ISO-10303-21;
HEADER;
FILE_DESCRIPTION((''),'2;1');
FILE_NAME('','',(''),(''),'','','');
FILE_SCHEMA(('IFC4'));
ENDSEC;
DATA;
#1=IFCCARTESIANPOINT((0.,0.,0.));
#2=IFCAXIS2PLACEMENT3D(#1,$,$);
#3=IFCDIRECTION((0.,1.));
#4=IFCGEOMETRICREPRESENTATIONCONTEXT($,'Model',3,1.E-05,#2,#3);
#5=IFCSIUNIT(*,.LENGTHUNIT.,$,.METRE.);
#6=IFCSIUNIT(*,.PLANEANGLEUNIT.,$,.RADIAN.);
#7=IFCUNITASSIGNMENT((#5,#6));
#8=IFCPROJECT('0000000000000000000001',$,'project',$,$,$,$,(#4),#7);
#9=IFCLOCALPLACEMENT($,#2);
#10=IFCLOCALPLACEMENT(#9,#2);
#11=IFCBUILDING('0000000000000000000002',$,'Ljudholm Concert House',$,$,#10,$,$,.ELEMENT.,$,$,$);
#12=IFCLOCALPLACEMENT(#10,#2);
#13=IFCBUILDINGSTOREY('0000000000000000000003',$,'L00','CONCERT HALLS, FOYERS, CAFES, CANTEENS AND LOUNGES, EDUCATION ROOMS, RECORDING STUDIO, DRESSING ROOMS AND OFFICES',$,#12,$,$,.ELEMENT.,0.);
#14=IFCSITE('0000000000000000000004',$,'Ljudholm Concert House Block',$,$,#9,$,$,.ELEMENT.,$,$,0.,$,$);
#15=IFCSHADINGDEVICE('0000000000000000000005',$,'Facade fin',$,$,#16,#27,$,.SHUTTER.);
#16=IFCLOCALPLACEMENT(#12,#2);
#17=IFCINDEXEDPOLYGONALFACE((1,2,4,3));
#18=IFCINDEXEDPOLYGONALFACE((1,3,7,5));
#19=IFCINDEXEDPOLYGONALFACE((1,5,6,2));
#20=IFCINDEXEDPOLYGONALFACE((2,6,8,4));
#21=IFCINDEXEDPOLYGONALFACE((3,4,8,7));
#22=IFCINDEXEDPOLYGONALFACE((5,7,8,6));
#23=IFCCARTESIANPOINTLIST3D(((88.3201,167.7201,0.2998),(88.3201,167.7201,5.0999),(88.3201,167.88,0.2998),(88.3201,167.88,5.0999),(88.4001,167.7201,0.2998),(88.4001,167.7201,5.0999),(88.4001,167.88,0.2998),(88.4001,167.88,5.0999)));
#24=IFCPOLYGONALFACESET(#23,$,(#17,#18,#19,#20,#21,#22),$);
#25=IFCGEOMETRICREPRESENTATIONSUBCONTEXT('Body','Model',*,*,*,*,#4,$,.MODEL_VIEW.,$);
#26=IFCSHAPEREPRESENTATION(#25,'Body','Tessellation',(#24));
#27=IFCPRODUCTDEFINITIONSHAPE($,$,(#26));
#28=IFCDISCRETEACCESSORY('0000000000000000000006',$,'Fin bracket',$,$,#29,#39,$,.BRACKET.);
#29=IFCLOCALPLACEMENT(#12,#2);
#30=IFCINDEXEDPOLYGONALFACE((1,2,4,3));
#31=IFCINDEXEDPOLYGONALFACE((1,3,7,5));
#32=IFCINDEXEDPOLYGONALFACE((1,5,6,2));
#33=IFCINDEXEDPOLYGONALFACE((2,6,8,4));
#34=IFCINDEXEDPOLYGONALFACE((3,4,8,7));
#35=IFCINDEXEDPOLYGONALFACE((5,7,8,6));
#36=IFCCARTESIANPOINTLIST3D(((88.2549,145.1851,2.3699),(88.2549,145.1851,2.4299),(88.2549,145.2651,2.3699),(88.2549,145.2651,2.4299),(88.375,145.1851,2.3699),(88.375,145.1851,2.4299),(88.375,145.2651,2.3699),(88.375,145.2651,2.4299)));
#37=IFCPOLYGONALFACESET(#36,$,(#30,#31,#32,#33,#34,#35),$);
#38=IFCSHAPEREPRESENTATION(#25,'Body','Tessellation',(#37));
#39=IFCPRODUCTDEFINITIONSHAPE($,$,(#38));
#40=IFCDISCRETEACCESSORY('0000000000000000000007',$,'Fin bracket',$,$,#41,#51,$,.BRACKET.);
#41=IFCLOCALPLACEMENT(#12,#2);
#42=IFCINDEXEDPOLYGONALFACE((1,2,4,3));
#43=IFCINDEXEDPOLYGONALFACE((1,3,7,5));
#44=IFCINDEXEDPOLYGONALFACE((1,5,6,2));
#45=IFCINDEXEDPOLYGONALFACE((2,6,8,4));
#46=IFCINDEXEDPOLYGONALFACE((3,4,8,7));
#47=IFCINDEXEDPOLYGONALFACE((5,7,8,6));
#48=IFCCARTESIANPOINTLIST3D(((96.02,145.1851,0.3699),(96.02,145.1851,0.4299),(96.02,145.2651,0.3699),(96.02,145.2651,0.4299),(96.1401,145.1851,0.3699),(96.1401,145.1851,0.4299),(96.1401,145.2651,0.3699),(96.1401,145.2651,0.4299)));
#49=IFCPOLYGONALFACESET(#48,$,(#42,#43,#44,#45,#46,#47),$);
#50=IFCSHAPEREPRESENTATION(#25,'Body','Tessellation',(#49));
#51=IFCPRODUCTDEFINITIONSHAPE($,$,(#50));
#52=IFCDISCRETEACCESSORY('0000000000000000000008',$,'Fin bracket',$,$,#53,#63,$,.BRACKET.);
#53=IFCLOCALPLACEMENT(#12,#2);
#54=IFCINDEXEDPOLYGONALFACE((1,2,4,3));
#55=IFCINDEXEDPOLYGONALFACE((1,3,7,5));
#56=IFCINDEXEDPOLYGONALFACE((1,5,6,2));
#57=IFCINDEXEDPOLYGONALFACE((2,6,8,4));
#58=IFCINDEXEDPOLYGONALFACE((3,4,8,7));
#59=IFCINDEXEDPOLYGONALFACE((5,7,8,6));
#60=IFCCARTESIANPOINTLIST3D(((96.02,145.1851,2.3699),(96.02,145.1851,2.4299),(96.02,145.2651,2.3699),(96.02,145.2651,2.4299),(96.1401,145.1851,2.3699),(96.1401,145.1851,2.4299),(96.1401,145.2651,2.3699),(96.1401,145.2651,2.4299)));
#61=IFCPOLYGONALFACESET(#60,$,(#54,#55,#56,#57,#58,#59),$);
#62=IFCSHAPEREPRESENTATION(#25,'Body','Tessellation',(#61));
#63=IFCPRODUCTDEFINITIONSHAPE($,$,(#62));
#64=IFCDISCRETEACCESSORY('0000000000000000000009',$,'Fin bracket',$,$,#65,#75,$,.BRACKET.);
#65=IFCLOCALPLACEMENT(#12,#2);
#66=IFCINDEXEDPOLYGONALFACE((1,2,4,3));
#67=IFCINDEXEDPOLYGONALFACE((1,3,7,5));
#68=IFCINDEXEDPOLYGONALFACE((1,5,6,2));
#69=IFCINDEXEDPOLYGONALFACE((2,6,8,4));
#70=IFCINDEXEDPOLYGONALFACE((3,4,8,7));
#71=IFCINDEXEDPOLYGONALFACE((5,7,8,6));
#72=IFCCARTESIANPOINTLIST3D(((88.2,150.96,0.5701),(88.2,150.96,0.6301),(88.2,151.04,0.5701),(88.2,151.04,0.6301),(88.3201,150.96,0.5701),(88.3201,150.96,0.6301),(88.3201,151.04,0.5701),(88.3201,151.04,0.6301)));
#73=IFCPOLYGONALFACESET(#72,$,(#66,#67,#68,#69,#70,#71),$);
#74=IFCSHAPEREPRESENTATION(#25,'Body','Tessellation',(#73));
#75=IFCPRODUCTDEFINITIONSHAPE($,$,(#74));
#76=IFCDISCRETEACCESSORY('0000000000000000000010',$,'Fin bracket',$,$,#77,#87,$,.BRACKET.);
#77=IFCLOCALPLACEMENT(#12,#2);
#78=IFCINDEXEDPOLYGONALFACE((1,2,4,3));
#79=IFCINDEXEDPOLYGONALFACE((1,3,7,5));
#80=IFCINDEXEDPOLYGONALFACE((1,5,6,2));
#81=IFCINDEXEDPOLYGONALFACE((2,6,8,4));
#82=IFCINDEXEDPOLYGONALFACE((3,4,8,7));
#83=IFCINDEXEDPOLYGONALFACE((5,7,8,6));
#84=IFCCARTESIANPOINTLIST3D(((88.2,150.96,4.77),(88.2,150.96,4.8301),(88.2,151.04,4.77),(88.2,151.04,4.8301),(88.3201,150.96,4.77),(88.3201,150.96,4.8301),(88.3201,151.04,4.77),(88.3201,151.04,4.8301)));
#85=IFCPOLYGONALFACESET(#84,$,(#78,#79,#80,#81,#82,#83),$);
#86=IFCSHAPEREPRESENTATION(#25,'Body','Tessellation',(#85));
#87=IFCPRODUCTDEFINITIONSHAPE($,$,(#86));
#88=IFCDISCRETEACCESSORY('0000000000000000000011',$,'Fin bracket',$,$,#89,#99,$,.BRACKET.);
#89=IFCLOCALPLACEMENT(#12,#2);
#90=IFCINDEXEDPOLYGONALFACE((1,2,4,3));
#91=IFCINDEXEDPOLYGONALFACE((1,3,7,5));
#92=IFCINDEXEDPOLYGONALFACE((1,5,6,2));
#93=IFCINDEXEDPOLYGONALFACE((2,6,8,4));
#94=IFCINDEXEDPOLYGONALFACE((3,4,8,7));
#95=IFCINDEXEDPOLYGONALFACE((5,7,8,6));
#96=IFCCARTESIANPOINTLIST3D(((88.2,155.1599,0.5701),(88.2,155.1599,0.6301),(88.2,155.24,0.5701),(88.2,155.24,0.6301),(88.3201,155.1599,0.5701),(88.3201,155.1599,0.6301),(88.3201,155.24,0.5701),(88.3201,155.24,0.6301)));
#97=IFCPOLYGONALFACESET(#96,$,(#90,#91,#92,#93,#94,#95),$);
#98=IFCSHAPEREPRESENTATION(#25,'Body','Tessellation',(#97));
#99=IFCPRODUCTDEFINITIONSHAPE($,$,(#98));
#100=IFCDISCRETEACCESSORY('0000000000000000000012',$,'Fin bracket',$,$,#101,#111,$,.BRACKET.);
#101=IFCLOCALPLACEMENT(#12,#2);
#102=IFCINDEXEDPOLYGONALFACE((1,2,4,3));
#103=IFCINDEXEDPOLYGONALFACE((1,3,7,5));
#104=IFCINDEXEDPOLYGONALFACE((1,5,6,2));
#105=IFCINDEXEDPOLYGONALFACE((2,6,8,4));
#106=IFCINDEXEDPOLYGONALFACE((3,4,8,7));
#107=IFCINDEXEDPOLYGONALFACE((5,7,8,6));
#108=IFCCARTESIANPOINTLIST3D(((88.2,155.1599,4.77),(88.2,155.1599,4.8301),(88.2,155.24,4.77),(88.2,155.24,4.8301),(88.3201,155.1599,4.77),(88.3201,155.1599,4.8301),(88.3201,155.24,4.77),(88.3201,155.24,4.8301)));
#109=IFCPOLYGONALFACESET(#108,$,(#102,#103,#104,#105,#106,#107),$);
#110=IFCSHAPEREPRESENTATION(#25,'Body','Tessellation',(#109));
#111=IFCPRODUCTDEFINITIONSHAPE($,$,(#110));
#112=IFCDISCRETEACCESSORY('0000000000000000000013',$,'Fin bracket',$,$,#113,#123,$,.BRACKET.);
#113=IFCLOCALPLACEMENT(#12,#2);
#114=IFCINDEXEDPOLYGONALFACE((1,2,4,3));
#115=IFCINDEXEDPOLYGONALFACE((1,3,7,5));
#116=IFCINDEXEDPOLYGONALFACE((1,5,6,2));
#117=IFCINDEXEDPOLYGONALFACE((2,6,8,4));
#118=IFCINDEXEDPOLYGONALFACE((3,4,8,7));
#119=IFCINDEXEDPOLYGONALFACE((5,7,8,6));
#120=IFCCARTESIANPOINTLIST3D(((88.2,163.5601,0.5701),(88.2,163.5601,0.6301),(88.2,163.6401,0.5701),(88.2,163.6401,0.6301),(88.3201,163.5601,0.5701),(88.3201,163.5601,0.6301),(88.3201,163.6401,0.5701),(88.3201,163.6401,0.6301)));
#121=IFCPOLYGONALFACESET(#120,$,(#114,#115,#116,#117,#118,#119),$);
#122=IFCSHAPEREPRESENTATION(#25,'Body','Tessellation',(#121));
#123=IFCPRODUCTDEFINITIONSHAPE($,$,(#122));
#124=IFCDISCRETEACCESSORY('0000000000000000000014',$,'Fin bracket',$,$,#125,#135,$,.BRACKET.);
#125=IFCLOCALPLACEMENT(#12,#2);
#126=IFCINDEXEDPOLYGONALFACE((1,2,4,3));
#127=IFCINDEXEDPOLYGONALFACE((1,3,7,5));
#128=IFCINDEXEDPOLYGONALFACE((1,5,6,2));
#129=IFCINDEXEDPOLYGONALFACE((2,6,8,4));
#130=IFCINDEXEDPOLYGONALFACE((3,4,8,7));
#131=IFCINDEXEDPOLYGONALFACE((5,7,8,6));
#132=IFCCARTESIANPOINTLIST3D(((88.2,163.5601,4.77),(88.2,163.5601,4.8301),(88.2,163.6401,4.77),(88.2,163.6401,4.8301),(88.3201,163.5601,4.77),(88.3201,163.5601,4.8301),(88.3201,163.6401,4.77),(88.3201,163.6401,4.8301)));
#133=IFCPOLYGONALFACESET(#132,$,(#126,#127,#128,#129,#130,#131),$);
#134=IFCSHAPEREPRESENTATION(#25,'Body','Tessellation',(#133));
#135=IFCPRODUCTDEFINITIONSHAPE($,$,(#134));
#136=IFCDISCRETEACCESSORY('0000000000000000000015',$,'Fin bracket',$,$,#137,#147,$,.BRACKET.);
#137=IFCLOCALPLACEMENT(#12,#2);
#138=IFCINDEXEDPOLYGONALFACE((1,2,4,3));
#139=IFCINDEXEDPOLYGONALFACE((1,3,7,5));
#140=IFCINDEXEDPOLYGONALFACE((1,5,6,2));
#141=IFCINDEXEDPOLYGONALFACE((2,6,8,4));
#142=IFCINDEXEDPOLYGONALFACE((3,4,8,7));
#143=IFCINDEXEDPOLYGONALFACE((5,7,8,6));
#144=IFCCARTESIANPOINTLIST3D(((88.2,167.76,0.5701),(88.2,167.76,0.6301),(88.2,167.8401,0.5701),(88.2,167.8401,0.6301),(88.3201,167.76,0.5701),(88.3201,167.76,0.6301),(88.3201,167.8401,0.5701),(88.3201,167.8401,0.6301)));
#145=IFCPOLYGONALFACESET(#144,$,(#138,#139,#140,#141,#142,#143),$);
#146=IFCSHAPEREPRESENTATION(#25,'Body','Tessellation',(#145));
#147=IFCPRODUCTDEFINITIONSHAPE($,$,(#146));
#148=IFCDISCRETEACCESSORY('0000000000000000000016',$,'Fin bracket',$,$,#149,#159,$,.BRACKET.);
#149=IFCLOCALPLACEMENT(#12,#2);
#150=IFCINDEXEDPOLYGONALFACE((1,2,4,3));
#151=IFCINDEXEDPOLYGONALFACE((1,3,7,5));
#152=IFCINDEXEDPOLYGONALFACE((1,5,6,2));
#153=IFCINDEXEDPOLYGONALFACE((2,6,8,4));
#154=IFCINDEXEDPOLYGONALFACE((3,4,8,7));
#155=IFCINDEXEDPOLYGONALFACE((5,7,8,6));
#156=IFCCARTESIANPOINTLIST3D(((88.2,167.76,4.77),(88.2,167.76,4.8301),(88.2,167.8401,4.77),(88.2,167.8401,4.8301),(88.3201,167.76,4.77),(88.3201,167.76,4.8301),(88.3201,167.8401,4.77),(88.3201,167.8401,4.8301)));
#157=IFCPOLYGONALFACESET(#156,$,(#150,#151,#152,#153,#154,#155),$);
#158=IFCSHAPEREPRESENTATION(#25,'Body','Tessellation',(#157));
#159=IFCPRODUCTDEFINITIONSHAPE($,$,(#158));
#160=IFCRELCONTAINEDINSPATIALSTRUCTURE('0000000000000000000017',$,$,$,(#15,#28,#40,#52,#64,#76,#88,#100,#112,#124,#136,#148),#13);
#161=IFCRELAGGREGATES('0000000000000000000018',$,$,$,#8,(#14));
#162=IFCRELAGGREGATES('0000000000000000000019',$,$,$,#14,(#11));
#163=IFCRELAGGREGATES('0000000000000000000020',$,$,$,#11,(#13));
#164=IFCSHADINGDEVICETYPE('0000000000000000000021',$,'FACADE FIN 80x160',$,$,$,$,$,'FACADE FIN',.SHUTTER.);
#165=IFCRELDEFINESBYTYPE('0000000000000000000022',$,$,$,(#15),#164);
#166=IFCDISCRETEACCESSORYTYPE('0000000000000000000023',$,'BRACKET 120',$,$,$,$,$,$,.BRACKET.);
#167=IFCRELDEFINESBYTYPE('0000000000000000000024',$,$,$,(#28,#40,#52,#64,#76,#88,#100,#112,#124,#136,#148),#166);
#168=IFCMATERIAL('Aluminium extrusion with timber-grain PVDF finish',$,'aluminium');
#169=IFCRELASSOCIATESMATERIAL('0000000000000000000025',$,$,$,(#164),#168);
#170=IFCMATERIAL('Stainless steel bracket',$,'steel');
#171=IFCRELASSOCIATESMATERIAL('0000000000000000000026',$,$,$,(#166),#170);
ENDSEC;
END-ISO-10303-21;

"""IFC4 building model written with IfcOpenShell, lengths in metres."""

from ifc_helpers import new_model, si_unit, direction, frame, origin, origin_2d, place, context, subcontext, project, spatial, rectangle, extrude, material, type_object, element, save


model = new_model("IFC4")

# Units and contexts
model_context = context("Model", 3, precision=1e-05, world=origin(), true_north=direction((0.0, 1.0)))
body_context = subcontext(model_context, "Body", "Model", "MODEL_VIEW")
ifc_project = project(units=[si_unit("LENGTHUNIT", "METRE"), si_unit("PLANEANGLEUNIT", "RADIAN")], contexts=[model_context])

# Site, building, storey
site_placement = place(None, origin())
site = spatial("IfcSite", under=ifc_project, at=site_placement, Name="Ljudholm Concert House Block", CompositionType="ELEMENT", RefElevation=0.0)
building_placement = place(site_placement, origin())
building = spatial("IfcBuilding", under=site, at=building_placement, Name="Ljudholm Concert House", CompositionType="ELEMENT")
storey_placement = place(building_placement, origin())
storey = spatial("IfcBuildingStorey", under=building, at=storey_placement, Name="L00", Description="CONCERT HALLS, FOYERS, CAFES, CANTEENS AND LOUNGES, EDUCATION ROOMS, RECORDING STUDIO, DRESSING ROOMS AND OFFICES", CompositionType="ELEMENT", Elevation=0.0)

# Shading device
ifc_material_1 = material(Name="Aluminium extrusion with timber-grain PVDF finish", Category="aluminium")
shading_device_type = type_object("IfcShadingDeviceType", Name="FACADE FIN 80x160", ElementType="FACADE FIN", PredefinedType="SHUTTER", material=ifc_material_1)
for number, where, z_axis, x_axis, name in (
    (1, (88.3601, 167.8, 0.2998), (0.0, 0.0, 1.0), (1.0, 0.0, 0.0), "Facade fin"),
):
    element("IfcShadingDevice", number, at=place(storey_placement, frame(where, z_axis=z_axis, x_axis=x_axis)), inside=storey, type_object=shading_device_type, Name=name, PredefinedType="SHUTTER", context=body_context, shape_type="SweptSolid", body=[
        extrude(rectangle(XDim=0.0801, YDim=0.1599, at=origin_2d()), origin(), (0.0, 0.0, 1.0), 4.8),
    ])

# Discrete accessories
ifc_material_2 = material(Name="Stainless steel bracket", Category="steel")
discrete_accessory_type = type_object("IfcDiscreteAccessoryType", Name="BRACKET 120", PredefinedType="BRACKET", material=ifc_material_2)
for number, where, z_axis, x_axis, name in (
    (2, (88.3149, 145.2251, 2.3699), (0.0, 0.0, 1.0), (-1.0, 0.0, 0.0), "Fin bracket"),
    (3, (96.0801, 145.2251, 0.3699), (0.0, 0.0, 1.0), (1.0, 0.0, 0.0), "Fin bracket"),
    (4, (96.0801, 145.2251, 2.3699), (0.0, 0.0, 1.0), (1.0, 0.0, 0.0), "Fin bracket"),
    (5, (88.26, 151.0, 0.5701), (0.0, 0.0, 1.0), (1.0, 0.0, 0.0), "Fin bracket"),
    (6, (88.26, 151.0, 4.77), (0.0, 0.0, 1.0), (1.0, 0.0, 0.0), "Fin bracket"),
    (7, (88.26, 155.2, 0.5701), (0.0, 0.0, 1.0), (1.0, 0.0, 0.0), "Fin bracket"),
    (8, (88.26, 155.2, 4.77), (0.0, 0.0, 1.0), (1.0, 0.0, 0.0), "Fin bracket"),
    (9, (88.26, 163.6001, 0.5701), (0.0, 0.0, 1.0), (1.0, 0.0, 0.0), "Fin bracket"),
    (10, (88.26, 163.6001, 4.77), (0.0, 0.0, 1.0), (1.0, 0.0, 0.0), "Fin bracket"),
    (11, (88.26, 167.8, 0.5701), (0.0, 0.0, 1.0), (1.0, 0.0, 0.0), "Fin bracket"),
    (12, (88.26, 167.8, 4.77), (0.0, 0.0, 1.0), (1.0, 0.0, 0.0), "Fin bracket"),
):
    element("IfcDiscreteAccessory", number, at=place(storey_placement, frame(where, z_axis=z_axis, x_axis=x_axis)), inside=storey, type_object=discrete_accessory_type, Name=name, PredefinedType="BRACKET", context=body_context, shape_type="SweptSolid", body=[
        extrude(rectangle(XDim=0.1201, YDim=0.0801, at=origin_2d()), origin(), (0.0, 0.0, 1.0), 0.0601),
    ])

save(model, "model.ifc")
